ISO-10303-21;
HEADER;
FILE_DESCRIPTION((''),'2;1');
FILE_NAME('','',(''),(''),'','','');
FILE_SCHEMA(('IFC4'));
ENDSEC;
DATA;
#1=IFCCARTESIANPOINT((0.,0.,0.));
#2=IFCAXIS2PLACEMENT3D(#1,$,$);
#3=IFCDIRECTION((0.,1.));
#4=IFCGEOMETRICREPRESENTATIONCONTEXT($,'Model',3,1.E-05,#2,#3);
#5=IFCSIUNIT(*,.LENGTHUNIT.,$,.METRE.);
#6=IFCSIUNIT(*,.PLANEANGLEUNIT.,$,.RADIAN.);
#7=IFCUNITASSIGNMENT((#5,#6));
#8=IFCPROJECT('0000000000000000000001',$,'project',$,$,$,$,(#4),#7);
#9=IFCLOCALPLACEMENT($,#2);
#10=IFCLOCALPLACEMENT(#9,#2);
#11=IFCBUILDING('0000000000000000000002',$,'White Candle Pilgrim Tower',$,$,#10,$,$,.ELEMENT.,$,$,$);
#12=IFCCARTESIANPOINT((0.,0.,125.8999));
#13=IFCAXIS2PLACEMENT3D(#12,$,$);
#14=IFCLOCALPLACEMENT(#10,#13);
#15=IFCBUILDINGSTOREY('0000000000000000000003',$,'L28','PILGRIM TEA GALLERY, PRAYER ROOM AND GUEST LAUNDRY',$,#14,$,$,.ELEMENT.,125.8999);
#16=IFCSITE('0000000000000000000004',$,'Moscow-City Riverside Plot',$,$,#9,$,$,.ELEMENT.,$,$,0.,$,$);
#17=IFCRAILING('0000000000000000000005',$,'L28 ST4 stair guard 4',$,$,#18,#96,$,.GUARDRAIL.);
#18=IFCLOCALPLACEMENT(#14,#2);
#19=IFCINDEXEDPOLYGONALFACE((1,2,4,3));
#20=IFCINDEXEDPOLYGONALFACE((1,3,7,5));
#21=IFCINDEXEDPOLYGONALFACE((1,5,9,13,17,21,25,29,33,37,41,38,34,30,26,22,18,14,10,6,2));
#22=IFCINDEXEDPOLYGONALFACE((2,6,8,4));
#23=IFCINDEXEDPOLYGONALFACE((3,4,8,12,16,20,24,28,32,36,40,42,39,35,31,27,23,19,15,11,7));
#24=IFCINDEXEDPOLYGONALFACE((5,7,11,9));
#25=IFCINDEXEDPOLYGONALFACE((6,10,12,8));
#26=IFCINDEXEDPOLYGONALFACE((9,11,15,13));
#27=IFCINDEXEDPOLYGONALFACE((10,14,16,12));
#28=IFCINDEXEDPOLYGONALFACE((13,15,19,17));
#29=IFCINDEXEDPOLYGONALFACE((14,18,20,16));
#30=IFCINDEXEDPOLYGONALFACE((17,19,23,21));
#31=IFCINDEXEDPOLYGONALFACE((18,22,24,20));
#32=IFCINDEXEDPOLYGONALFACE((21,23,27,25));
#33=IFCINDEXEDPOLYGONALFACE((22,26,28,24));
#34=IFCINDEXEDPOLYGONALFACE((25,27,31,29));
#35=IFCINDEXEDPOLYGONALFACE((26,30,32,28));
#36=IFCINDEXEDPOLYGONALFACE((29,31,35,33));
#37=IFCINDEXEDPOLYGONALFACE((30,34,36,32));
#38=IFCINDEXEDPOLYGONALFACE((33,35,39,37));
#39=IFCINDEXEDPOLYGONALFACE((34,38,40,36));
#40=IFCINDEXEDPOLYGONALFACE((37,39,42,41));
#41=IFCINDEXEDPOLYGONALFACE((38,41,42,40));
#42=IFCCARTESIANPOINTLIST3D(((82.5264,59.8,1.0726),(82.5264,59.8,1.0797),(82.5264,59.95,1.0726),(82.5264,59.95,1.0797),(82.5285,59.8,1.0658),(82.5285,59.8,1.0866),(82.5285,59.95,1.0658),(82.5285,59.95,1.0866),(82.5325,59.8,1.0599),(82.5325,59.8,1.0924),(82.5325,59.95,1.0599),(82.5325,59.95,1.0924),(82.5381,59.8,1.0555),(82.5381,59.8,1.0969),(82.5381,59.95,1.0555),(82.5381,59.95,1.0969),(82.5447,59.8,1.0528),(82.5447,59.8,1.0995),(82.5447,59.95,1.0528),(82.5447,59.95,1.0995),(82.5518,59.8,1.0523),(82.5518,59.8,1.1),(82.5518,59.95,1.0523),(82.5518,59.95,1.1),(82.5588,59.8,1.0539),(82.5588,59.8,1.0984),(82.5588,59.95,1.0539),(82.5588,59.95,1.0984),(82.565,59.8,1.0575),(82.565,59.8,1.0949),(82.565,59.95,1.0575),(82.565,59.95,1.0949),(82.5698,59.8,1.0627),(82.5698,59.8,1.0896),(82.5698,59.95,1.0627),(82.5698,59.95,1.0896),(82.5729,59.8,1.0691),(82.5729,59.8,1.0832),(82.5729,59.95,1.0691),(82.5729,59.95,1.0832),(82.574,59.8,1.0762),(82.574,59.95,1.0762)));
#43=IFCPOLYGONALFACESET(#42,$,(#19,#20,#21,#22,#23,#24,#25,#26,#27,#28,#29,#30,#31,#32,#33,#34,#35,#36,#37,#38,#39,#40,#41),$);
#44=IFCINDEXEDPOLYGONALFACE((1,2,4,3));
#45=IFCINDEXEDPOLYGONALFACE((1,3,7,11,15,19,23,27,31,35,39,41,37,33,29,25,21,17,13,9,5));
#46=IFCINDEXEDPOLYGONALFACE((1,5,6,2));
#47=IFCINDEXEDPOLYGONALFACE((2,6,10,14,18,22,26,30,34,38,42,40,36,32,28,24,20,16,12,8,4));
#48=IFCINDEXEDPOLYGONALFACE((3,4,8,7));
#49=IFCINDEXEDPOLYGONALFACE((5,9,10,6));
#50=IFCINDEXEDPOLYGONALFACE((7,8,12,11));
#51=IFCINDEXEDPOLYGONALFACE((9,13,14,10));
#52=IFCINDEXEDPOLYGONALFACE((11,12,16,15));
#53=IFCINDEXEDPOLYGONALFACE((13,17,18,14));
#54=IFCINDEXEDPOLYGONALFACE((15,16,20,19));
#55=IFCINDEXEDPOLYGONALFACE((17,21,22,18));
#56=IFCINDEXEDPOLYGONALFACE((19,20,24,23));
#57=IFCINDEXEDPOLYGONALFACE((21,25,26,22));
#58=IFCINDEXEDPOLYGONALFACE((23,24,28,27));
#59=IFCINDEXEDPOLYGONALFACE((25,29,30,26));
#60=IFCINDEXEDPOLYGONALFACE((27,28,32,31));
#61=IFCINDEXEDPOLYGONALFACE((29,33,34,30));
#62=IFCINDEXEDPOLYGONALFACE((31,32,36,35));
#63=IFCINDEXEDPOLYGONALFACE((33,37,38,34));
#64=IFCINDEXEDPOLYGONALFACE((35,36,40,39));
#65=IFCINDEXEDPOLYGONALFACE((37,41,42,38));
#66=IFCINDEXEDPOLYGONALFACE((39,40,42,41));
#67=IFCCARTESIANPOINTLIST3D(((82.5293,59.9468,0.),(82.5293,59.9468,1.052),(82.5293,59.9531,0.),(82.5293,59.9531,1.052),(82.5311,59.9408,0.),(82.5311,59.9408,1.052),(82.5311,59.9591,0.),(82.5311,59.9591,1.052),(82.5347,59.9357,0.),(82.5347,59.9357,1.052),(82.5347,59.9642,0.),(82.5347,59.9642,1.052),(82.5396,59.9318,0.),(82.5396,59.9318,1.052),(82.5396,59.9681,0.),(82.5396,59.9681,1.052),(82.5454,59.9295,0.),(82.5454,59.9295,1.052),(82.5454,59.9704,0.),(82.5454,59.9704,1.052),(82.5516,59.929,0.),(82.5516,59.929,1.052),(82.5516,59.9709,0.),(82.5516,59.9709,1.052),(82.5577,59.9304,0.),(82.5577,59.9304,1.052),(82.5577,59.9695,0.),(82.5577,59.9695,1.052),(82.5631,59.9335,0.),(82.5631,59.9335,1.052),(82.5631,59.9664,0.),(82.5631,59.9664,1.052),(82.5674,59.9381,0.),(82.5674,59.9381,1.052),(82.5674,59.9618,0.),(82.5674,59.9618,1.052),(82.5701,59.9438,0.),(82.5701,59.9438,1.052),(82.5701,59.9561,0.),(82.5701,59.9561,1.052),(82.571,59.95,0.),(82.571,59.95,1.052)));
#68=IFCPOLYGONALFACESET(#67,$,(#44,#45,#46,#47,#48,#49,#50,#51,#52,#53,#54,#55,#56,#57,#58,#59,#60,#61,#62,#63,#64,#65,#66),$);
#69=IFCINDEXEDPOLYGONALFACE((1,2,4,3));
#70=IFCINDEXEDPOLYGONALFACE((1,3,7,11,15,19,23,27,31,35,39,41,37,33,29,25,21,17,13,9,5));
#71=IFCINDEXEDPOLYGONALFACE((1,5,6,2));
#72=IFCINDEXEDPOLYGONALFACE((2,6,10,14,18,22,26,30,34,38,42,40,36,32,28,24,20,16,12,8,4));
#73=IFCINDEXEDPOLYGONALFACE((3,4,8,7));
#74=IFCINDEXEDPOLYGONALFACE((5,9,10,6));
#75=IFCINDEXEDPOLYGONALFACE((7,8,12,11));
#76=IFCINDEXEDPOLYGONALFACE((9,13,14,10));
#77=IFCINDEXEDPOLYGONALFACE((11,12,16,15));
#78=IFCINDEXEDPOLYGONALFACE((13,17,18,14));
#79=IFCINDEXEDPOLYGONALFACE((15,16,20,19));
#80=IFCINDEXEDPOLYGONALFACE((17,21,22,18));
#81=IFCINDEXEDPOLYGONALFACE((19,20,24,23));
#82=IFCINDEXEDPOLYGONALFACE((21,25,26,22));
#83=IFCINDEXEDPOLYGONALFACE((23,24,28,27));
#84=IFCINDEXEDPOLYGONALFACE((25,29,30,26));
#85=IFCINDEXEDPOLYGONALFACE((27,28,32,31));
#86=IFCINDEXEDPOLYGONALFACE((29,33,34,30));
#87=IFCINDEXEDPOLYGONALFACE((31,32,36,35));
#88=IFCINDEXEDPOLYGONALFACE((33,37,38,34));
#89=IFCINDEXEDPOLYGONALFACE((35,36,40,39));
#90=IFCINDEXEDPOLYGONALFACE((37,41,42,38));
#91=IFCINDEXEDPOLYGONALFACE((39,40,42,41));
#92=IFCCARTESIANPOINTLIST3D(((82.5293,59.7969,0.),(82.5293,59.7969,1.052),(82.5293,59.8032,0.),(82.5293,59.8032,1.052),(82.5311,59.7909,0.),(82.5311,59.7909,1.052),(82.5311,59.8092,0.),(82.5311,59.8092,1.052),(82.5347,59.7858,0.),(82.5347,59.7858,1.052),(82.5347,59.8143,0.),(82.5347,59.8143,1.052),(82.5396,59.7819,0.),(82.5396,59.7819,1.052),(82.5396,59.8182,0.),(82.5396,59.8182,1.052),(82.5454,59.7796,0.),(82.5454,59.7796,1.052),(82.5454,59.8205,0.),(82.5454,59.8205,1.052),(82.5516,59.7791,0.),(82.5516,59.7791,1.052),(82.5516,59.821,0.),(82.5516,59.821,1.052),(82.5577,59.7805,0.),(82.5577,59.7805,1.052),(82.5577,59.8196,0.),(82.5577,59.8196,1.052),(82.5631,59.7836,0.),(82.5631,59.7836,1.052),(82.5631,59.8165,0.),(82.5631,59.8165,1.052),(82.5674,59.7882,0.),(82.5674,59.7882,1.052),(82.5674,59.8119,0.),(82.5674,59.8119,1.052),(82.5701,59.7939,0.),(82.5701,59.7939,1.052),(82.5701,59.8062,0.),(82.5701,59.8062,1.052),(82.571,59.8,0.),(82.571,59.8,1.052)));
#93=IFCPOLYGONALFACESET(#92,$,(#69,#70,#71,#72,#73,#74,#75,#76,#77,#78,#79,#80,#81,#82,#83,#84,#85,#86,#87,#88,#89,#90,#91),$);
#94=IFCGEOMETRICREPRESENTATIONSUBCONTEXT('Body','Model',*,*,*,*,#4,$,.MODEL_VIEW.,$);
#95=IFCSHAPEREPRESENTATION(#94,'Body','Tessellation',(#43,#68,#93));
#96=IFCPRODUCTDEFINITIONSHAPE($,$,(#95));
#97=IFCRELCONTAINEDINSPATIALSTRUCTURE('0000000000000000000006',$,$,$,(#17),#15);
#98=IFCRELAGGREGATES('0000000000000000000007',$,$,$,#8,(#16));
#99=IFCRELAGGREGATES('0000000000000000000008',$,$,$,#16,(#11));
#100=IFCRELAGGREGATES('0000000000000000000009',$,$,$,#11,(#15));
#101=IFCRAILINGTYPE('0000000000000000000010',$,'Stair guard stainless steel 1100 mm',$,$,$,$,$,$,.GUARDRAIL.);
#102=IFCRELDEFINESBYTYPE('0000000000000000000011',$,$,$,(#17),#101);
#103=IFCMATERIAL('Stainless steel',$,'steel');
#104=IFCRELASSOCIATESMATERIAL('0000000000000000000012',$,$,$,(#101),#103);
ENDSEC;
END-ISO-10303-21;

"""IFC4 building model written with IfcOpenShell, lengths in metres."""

from ifc_helpers import new_model, si_unit, direction, frame, origin, origin_2d, place, context, subcontext, project, spatial, circle, extrude, material, type_object, element, save


model = new_model("IFC4")

# Units and contexts
model_context = context("Model", 3, precision=1e-05, world=origin(), true_north=direction((0.0, 1.0)))
body_context = subcontext(model_context, "Body", "Model", "MODEL_VIEW")
ifc_project = project(units=[si_unit("LENGTHUNIT", "METRE"), si_unit("PLANEANGLEUNIT", "RADIAN")], contexts=[model_context])

# Site, building, storey
site_placement = place(None, origin())
site = spatial("IfcSite", under=ifc_project, at=site_placement, Name="Moscow-City Riverside Plot", CompositionType="ELEMENT", RefElevation=0.0)
building_placement = place(site_placement, origin())
building = spatial("IfcBuilding", under=site, at=building_placement, Name="White Candle Pilgrim Tower", CompositionType="ELEMENT")
storey_placement = place(building_placement, frame((0.0, 0.0, 125.8999)))
storey = spatial("IfcBuildingStorey", under=building, at=storey_placement, Name="L28", Description="PILGRIM TEA GALLERY, PRAYER ROOM AND GUEST LAUNDRY", CompositionType="ELEMENT", Elevation=125.8999)

# Railing
ifc_material_1 = material(Name="Stainless steel", Category="steel")
railing_type_1 = type_object("IfcRailingType", Name="Stair guard stainless steel 1100 mm", PredefinedType="GUARDRAIL", material=ifc_material_1)
railing_1_placement = place(storey_placement, frame((82.55, 59.95, 0.0)))
element("IfcRailing", 1, at=railing_1_placement, inside=storey, type_object=railing_type_1, Name="L28 ST4 stair guard 4", PredefinedType="GUARDRAIL", context=body_context, shape_type="SweptSolid", body=[
    extrude(circle(Radius=0.0239, at=origin_2d()), frame((0.0, 0.0, 1.0762), z_axis=(0.0, -1.0, 0.0), x_axis=(1.0, 0.0, 0.0)), (0.0, 0.0, 1.0), 0.1499),
    extrude(circle(Radius=0.021, at=origin_2d()), origin(), (0.0, 0.0, 1.0), 1.052),
    extrude(circle(Radius=0.021, at=origin_2d()), frame((0.0, -0.1499, 0.0)), (0.0, 0.0, 1.0), 1.052),
])

save(model, "model.ifc")
